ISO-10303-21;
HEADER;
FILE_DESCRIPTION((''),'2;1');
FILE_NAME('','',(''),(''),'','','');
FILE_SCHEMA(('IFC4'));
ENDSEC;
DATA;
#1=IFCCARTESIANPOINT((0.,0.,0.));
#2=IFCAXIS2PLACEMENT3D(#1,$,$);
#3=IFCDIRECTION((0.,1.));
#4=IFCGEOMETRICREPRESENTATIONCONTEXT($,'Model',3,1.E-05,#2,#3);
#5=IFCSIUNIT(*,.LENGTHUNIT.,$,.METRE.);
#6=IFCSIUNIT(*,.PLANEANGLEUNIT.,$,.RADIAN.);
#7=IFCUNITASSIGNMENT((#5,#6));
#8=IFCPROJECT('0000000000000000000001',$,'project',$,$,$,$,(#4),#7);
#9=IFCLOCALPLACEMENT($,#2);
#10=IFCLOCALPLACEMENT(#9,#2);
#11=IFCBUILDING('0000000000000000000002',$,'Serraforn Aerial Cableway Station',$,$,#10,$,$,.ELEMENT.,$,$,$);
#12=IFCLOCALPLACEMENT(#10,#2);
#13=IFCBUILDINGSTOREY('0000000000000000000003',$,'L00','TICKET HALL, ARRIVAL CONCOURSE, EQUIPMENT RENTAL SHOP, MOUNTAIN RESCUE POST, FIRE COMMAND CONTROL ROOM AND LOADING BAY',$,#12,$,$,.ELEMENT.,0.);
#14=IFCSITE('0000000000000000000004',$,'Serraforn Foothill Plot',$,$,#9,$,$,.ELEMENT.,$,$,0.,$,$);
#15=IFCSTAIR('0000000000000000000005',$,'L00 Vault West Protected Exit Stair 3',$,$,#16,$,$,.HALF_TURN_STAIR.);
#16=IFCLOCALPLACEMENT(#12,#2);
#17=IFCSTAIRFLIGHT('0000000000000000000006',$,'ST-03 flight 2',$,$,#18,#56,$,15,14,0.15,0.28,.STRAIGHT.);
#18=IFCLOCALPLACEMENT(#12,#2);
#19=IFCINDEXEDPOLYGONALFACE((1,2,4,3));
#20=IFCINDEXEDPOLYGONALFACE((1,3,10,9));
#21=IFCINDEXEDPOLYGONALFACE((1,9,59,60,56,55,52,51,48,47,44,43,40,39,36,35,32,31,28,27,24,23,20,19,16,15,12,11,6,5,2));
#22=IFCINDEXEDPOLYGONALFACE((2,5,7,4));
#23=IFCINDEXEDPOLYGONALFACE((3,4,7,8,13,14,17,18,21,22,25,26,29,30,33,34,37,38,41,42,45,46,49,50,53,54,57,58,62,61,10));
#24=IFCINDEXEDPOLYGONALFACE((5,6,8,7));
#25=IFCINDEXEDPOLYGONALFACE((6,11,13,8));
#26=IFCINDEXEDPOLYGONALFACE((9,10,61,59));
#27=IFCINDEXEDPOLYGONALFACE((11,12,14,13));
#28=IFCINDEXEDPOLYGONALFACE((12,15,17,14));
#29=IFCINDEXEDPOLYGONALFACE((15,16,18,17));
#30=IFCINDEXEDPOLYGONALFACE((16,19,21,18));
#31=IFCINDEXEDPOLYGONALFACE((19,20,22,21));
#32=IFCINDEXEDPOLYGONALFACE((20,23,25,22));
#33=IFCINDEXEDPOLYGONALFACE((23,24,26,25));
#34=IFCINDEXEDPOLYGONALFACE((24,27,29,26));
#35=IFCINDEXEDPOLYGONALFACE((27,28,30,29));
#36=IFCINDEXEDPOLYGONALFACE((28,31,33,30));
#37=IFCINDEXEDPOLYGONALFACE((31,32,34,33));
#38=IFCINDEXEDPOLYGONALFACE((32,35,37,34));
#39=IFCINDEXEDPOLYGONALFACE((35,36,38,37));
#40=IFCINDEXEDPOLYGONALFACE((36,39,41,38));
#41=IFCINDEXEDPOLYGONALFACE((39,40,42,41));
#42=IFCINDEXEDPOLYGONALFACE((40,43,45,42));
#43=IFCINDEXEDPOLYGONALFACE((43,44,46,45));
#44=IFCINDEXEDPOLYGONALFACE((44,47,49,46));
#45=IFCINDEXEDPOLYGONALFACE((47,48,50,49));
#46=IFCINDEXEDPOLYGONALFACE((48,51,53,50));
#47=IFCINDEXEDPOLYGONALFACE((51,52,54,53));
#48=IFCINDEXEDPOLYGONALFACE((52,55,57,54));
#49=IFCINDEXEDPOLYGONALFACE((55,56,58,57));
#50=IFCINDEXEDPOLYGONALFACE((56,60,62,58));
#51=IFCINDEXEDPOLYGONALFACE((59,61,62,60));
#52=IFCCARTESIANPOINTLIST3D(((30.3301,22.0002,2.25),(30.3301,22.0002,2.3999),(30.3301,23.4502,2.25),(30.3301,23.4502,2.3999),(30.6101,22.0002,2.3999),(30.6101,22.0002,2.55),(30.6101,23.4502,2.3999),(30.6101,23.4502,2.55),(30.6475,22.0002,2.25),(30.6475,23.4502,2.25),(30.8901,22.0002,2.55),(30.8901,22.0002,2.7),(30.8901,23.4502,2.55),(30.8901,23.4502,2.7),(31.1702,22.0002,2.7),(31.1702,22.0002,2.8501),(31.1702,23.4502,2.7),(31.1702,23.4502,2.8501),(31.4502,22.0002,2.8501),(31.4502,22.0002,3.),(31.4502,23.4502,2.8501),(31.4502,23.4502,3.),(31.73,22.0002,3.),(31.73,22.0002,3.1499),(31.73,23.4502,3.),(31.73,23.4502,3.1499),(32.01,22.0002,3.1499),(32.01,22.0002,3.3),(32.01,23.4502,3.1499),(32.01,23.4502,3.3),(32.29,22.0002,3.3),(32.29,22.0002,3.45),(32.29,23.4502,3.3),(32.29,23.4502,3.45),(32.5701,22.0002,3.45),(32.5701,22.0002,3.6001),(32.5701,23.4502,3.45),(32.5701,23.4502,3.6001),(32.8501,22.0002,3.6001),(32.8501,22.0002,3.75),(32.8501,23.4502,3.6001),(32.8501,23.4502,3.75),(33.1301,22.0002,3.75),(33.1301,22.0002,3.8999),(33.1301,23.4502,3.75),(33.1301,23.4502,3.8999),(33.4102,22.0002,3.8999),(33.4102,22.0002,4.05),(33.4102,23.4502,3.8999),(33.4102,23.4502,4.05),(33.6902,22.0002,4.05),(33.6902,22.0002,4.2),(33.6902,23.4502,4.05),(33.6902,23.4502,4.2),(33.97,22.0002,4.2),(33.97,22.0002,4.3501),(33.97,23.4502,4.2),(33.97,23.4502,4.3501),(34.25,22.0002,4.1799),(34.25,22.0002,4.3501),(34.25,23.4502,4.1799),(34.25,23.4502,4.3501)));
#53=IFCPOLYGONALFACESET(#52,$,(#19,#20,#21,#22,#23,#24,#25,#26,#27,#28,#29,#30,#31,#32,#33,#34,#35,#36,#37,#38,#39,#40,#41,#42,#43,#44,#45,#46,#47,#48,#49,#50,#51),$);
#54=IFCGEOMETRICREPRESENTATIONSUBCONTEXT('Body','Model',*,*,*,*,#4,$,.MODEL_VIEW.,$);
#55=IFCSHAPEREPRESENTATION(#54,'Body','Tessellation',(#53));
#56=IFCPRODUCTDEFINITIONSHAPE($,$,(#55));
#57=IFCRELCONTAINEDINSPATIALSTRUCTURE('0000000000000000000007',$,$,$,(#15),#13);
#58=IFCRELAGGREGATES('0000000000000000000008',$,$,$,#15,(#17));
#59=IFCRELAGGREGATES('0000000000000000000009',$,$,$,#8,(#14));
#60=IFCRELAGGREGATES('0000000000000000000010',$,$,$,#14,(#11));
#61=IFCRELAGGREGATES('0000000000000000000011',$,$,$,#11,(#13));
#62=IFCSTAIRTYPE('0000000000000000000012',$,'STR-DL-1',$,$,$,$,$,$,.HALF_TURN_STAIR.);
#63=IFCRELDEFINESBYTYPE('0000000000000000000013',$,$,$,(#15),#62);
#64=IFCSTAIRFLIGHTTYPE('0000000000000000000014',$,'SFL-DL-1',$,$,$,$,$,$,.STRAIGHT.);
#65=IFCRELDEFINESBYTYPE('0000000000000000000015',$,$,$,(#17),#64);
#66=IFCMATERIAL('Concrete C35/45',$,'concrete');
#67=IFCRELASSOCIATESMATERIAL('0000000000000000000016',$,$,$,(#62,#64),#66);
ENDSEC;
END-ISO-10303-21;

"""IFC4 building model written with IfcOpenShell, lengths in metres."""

from ifc_helpers import new_model, si_unit, direction, frame, origin, place, context, subcontext, project, spatial, polyline, outline, extrude, material, type_object, element, aggregate, save


model = new_model("IFC4")

# Units and contexts
model_context = context("Model", 3, precision=1e-05, world=origin(), true_north=direction((0.0, 1.0)))
body_context = subcontext(model_context, "Body", "Model", "MODEL_VIEW")
ifc_project = project(units=[si_unit("LENGTHUNIT", "METRE"), si_unit("PLANEANGLEUNIT", "RADIAN")], contexts=[model_context])

# Site, building, storey
site_placement = place(None, origin())
site = spatial("IfcSite", under=ifc_project, at=site_placement, Name="Serraforn Foothill Plot", CompositionType="ELEMENT", RefElevation=0.0)
building_placement = place(site_placement, origin())
building = spatial("IfcBuilding", under=site, at=building_placement, Name="Serraforn Aerial Cableway Station", CompositionType="ELEMENT")
storey_placement = place(building_placement, origin())
storey = spatial("IfcBuildingStorey", under=building, at=storey_placement, Name="L00", Description="TICKET HALL, ARRIVAL CONCOURSE, EQUIPMENT RENTAL SHOP, MOUNTAIN RESCUE POST, FIRE COMMAND CONTROL ROOM AND LOADING BAY", CompositionType="ELEMENT", Elevation=0.0)

# Shared definitions
ifc_material_1 = material(Name="Concrete C35/45", Category="concrete")

# Stair, stair flight
stair_type = type_object("IfcStairType", Name="STR-DL-1", PredefinedType="HALF_TURN_STAIR", material=ifc_material_1)
stair_placement = place(storey_placement, origin())
stair = element("IfcStair", 1, at=stair_placement, inside=storey, type_object=stair_type, Name="L00 Vault West Protected Exit Stair 3", PredefinedType="HALF_TURN_STAIR")
stair_flight_type = type_object("IfcStairFlightType", Name="SFL-DL-1", PredefinedType="STRAIGHT", material=ifc_material_1)
stair_flight_1_placement = place(storey_placement, frame((30.3301, 22.7251, 2.25), z_axis=(0.0, 0.0, 1.0), x_axis=(1.0, 0.0, 0.0)))
stair_flight_1 = element("IfcStairFlight", 2, at=stair_flight_1_placement, type_object=stair_flight_type, Name="ST-03 flight 2", NumberOfRisers=15, NumberOfTreads=14, PredefinedType="STRAIGHT", RiserHeight=0.15, TreadLength=0.28, context=body_context, shape_type="SweptSolid", body=[
    extrude(outline(polyline([(0.0, 0.0), (0.0, 0.1499), (0.28, 0.1499), (0.28, 0.3), (0.5601, 0.3), (0.5601, 0.45), (0.8401, 0.45), (0.8401, 0.6001), (1.1201, 0.6001), (1.1201, 0.75), (1.3999, 0.75), (1.3999, 0.8999), (1.6799, 0.8999), (1.6799, 1.05), (1.96, 1.05), (1.96, 1.2), (2.24, 1.2), (2.24, 1.3501), (2.52, 1.3501), (2.52, 1.5), (2.8, 1.5), (2.8, 1.6499), (3.0801, 1.6499), (3.0801, 1.8), (3.3601, 1.8), (3.3601, 1.95), (3.6399, 1.95), (3.6399, 2.1001), (3.9199, 2.1001), (3.9199, 2.25), (3.9199, 1.9299), (0.3174, 0.0), (0.0, 0.0)])), frame((0.0, 0.7251, 0.0), z_axis=(0.0, -1.0, 0.0), x_axis=(1.0, 0.0, 0.0)), (0.0, 0.0, 1.0), 1.45),
])
aggregate(stair, [stair_flight_1])

save(model, "model.ifc")
